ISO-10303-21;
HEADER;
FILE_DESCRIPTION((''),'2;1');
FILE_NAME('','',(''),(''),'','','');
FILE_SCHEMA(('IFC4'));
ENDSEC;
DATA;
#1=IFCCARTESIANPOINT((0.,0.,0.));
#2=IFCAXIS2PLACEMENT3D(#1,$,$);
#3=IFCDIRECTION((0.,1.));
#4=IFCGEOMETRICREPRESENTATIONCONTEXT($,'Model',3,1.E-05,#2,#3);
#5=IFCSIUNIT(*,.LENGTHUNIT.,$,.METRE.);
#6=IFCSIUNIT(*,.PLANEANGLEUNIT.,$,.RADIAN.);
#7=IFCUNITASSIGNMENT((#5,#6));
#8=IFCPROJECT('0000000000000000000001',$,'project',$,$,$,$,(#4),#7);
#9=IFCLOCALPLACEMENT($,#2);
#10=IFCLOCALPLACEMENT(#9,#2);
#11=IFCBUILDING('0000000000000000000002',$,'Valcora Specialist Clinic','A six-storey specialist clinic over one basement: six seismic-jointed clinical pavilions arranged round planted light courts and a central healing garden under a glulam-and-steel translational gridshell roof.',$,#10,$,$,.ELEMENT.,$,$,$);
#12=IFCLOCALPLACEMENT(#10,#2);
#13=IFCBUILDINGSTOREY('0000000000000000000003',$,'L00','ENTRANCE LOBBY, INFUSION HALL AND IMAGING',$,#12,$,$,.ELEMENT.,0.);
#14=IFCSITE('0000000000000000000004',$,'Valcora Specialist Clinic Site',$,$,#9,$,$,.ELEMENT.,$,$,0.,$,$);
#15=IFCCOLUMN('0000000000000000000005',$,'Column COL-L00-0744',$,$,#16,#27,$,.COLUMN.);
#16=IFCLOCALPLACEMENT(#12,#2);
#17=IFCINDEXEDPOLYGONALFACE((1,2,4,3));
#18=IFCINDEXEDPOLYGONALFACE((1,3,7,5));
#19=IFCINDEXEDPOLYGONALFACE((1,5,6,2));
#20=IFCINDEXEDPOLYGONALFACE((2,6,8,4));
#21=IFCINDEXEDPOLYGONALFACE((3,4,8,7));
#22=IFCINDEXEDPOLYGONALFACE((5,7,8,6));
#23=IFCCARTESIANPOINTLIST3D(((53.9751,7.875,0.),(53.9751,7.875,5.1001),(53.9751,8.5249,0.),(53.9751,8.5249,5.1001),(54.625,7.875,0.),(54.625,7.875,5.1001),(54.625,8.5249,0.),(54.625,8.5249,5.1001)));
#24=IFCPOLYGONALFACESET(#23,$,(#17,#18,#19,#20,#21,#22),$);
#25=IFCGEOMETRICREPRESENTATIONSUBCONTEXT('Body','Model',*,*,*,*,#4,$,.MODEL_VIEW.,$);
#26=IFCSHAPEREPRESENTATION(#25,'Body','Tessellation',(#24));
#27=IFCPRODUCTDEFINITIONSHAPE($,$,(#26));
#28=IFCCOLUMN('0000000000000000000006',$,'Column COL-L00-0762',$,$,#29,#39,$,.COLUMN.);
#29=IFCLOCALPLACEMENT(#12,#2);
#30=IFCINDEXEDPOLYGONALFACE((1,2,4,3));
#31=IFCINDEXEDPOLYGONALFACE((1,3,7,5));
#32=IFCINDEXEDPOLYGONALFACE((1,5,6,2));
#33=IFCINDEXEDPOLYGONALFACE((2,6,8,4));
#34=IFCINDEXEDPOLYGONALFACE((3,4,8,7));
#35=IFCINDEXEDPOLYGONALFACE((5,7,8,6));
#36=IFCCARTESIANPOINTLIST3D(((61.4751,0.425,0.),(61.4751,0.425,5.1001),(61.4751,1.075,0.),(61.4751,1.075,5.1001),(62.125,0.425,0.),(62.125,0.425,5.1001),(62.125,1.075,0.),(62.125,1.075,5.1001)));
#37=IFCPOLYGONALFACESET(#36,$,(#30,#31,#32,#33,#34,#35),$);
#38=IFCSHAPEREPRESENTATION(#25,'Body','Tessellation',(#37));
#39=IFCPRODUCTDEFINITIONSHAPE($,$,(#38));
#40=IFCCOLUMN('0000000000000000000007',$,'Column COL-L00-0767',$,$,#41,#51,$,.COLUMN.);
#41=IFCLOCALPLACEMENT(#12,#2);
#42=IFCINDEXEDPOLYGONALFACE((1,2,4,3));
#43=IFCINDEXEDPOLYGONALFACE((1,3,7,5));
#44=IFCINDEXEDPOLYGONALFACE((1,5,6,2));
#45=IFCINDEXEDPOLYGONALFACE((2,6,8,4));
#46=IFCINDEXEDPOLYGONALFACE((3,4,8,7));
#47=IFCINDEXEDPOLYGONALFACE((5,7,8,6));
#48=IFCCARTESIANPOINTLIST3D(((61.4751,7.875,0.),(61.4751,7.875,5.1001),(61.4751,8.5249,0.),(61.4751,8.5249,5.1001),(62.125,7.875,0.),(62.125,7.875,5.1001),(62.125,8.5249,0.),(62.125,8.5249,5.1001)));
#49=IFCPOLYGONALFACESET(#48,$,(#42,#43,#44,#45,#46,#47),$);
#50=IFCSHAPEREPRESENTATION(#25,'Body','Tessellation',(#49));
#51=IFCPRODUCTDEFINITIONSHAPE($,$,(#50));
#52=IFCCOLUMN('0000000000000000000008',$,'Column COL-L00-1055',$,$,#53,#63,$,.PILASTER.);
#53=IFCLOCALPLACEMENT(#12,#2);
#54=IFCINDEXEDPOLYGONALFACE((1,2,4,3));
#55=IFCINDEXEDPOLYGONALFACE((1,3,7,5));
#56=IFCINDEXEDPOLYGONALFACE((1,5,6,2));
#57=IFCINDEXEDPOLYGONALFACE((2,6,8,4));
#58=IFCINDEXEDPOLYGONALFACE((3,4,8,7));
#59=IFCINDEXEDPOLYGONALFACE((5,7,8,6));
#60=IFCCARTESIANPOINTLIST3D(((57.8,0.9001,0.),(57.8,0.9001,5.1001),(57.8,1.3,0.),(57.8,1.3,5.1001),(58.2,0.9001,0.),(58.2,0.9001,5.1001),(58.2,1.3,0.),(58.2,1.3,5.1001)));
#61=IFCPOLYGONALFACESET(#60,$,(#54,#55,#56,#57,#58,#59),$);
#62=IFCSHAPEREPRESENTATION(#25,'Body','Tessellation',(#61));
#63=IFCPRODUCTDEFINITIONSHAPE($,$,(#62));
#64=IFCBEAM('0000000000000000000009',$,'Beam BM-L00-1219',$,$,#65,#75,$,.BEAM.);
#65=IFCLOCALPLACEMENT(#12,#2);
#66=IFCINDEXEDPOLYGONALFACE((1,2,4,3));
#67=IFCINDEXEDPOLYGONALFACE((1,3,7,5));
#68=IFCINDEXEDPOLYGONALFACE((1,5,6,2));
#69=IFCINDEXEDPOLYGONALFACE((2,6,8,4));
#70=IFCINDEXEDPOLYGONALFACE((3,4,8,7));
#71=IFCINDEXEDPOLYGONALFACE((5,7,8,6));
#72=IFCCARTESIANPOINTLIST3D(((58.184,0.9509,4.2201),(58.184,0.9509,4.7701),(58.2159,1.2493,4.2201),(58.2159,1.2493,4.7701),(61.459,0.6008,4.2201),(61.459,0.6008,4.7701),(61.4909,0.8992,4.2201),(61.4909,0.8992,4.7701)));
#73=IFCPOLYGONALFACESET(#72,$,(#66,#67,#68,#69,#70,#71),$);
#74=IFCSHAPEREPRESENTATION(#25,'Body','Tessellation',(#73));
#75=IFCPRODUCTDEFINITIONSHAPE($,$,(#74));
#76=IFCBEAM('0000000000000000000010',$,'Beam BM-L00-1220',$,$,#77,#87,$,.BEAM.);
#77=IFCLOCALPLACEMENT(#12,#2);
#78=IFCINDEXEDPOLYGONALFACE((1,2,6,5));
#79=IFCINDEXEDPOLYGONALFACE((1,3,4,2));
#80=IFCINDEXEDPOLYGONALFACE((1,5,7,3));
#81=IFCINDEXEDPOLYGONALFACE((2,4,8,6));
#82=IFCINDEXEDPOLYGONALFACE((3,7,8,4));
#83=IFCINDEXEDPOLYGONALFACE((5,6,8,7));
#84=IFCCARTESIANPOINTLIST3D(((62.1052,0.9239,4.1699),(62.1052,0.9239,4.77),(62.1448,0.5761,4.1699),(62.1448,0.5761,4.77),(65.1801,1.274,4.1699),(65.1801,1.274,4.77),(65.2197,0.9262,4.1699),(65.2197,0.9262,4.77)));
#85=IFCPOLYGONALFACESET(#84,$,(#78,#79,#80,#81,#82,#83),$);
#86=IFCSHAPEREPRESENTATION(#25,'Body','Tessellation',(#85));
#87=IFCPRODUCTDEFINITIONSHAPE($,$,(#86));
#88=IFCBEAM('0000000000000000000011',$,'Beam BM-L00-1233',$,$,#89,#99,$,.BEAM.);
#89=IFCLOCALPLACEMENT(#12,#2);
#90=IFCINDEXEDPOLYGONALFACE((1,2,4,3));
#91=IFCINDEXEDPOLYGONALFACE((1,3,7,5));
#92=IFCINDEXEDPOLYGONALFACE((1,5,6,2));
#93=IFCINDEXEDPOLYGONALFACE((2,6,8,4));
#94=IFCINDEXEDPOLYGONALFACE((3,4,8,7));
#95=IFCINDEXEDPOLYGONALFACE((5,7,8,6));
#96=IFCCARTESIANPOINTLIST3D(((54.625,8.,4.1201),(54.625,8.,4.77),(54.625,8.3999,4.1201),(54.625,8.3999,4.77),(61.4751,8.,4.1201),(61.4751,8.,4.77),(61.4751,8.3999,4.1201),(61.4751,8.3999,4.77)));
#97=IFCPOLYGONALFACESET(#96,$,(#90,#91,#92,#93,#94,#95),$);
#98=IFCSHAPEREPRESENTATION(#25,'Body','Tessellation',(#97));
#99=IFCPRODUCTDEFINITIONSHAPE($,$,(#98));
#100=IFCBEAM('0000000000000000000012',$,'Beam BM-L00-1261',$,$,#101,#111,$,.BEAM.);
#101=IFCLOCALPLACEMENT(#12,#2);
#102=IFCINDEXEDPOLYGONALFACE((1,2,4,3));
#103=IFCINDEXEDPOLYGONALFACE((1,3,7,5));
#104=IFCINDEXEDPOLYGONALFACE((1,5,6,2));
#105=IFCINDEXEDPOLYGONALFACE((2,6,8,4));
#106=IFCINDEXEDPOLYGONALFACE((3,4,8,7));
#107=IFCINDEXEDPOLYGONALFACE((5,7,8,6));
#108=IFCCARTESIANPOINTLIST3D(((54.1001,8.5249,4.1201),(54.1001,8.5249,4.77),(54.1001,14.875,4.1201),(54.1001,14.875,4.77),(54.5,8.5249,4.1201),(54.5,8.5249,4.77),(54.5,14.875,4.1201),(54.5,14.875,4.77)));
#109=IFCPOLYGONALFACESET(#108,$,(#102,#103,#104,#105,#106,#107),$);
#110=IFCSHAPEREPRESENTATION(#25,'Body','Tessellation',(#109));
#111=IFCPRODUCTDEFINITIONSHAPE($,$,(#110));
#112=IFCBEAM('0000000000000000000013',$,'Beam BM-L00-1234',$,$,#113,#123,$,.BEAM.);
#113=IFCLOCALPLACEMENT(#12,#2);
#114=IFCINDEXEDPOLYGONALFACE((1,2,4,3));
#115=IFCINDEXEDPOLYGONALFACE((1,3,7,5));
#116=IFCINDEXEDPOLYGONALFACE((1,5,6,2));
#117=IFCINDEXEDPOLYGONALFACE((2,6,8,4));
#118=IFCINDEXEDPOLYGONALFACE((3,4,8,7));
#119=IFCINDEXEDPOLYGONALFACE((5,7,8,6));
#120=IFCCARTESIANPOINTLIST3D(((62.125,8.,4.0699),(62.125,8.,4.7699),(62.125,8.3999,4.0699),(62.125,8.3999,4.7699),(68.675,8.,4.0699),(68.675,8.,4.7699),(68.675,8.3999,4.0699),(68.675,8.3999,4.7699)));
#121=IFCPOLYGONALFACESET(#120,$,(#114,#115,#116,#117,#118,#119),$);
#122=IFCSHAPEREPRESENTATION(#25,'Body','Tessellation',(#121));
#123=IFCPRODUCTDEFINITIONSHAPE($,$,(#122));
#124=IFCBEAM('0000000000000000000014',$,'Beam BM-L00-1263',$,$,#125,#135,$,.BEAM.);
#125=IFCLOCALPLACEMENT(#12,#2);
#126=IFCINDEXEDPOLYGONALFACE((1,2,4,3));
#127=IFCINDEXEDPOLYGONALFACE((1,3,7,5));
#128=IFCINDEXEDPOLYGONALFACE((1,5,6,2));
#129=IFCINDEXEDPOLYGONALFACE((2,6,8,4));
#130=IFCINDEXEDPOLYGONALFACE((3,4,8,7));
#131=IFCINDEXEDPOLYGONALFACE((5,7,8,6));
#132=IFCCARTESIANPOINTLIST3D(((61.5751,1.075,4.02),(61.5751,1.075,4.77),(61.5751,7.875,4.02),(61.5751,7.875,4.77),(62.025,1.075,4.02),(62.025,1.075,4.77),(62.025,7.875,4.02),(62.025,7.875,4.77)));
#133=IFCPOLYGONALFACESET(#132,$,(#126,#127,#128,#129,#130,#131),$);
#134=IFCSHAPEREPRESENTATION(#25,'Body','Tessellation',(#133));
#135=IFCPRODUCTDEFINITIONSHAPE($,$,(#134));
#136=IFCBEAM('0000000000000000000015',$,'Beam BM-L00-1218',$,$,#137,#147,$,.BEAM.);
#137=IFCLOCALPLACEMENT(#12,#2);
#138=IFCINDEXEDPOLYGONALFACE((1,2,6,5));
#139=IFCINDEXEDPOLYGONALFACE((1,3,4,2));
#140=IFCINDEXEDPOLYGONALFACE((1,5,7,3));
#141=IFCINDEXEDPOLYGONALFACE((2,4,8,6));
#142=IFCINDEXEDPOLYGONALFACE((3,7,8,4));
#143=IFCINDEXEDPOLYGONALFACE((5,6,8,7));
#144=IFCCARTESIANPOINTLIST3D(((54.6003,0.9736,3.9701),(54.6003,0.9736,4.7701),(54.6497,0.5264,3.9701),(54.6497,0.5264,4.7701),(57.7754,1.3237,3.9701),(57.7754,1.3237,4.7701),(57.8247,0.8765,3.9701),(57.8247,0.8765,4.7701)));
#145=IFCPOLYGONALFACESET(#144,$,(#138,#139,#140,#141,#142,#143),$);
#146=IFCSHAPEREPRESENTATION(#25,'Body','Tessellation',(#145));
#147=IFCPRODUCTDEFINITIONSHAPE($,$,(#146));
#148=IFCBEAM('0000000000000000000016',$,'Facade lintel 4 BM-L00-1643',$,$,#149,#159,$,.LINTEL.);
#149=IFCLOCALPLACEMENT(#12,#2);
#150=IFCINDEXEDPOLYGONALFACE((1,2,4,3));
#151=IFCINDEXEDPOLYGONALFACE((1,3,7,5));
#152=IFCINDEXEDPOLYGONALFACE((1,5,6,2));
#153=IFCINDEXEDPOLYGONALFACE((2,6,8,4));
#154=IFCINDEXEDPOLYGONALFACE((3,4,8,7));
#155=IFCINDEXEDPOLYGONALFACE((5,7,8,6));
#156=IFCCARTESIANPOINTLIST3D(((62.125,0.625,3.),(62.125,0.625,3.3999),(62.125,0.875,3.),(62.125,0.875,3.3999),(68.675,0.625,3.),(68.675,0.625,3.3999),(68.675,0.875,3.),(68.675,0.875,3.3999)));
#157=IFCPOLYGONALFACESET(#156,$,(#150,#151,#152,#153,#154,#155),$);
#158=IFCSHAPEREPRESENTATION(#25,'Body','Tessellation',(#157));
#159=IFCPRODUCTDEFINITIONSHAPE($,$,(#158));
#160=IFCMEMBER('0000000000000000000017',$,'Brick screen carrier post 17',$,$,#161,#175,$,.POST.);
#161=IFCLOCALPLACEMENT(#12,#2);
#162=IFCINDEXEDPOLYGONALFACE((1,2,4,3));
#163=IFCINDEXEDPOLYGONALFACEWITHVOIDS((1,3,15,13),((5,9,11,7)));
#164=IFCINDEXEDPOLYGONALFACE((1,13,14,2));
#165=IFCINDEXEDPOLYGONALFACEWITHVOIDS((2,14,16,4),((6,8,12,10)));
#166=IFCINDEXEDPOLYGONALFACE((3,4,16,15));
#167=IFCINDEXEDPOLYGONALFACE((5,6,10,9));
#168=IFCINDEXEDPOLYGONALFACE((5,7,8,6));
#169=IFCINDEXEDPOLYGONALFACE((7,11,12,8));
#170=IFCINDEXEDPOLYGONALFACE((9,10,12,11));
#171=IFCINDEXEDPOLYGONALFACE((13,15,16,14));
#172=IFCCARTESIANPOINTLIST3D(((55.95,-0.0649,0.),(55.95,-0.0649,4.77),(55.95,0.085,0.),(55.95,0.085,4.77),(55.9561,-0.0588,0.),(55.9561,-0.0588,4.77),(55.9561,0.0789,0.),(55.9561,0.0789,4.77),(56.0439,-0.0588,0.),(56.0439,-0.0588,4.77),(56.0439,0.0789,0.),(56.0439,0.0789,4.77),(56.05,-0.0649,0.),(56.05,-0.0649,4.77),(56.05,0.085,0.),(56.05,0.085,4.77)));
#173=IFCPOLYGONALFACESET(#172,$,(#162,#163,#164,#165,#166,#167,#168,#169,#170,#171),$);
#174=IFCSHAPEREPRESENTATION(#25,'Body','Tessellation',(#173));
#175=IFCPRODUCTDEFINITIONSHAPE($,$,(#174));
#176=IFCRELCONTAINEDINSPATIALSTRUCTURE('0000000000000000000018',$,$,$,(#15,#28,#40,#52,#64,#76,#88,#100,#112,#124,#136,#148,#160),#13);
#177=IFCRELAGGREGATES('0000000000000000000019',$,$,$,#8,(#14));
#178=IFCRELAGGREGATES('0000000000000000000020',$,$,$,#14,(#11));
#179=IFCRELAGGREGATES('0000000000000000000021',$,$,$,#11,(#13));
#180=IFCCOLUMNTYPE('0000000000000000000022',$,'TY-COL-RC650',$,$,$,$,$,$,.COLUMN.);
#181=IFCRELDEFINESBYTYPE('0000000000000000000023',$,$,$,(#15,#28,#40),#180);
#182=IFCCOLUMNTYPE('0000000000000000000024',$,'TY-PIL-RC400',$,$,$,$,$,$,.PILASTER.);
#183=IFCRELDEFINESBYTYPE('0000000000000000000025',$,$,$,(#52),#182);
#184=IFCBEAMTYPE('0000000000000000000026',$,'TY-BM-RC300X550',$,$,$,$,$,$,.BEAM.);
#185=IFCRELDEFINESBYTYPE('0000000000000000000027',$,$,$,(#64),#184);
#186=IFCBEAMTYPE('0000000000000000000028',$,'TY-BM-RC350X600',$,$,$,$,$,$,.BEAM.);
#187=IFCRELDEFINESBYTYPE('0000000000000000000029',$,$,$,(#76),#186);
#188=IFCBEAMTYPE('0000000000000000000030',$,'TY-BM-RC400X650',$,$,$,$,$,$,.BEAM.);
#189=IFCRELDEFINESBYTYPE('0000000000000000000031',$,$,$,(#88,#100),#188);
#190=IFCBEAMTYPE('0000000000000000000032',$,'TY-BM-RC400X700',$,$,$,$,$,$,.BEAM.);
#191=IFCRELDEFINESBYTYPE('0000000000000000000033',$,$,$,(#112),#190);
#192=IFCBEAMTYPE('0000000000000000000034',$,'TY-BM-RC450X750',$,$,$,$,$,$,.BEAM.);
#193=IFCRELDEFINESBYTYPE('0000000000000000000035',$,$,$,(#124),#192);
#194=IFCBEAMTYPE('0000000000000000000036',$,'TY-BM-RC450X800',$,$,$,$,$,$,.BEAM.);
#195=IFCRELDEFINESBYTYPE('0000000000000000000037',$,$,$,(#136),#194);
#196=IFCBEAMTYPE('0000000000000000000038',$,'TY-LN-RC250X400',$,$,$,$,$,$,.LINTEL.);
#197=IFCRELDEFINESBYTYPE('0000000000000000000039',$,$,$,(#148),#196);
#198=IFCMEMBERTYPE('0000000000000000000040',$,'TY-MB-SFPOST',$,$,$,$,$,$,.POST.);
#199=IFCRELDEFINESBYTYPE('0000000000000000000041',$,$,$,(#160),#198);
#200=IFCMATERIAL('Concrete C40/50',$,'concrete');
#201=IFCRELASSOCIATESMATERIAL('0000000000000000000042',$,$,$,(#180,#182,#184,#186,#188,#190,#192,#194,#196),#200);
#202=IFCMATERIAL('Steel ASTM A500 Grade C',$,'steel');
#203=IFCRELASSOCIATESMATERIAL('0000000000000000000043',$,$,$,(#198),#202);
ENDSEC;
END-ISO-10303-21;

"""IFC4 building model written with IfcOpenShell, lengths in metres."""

from ifc_helpers import new_model, si_unit, direction, frame, origin, origin_2d, place, context, subcontext, project, spatial, rectangle, hollow_rectangle, extrude, material, material_profile, profile_set, type_object, element, save


model = new_model("IFC4")

# Units and contexts
model_context = context("Model", 3, precision=1e-05, world=origin(), true_north=direction((0.0, 1.0)))
body_context = subcontext(model_context, "Body", "Model", "MODEL_VIEW")
ifc_project = project(units=[si_unit("LENGTHUNIT", "METRE"), si_unit("PLANEANGLEUNIT", "RADIAN")], contexts=[model_context])

# Site, building, storey
site_placement = place(None, origin())
site = spatial("IfcSite", under=ifc_project, at=site_placement, Name="Valcora Specialist Clinic Site", CompositionType="ELEMENT", RefElevation=0.0)
building_placement = place(site_placement, origin())
building = spatial("IfcBuilding", under=site, at=building_placement, Name="Valcora Specialist Clinic", Description="A six-storey specialist clinic over one basement: six seismic-jointed clinical pavilions arranged round planted light courts and a central healing garden under a glulam-and-steel translational gridshell roof.", CompositionType="ELEMENT")
storey_placement = place(building_placement, origin())
storey = spatial("IfcBuildingStorey", under=building, at=storey_placement, Name="L00", Description="ENTRANCE LOBBY, INFUSION HALL AND IMAGING", CompositionType="ELEMENT", Elevation=0.0)

# Columns
ifc_material_1 = material(Name="Concrete C40/50", Category="concrete")
ifc_material_profile_1 = material_profile(ifc_material_1, rectangle(XDim=0.6499, YDim=0.6499, at=origin_2d()), Name="RC-COL-650X650")
ifc_profile_set_1 = profile_set([ifc_material_profile_1], Name="Concrete C40/50")
column_type_1 = type_object("IfcColumnType", Name="TY-COL-RC650", PredefinedType="COLUMN", material=ifc_profile_set_1)
for number, where, z_axis, x_axis, name in (
    (1, (54.3, 8.2, 0.0), (0.0, 0.0, 1.0), (1.0, 0.0, 0.0), "Column COL-L00-0744"),
    (2, (61.8, 0.75, 0.0), (0.0, 0.0, 1.0), (1.0, 0.0, 0.0), "Column COL-L00-0762"),
    (3, (61.8, 8.2, 0.0), (0.0, 0.0, 1.0), (1.0, 0.0, 0.0), "Column COL-L00-0767"),
):
    element("IfcColumn", number, at=place(storey_placement, frame(where, z_axis=z_axis, x_axis=x_axis)), inside=storey, type_object=column_type_1, Name=name, PredefinedType="COLUMN", context=body_context, shape_type="SweptSolid", body=[
        extrude(rectangle(XDim=0.6499, YDim=0.6499, at=origin_2d()), origin(), (0.0, 0.0, 1.0), 5.1001),
    ])
ifc_material_profile_2 = material_profile(ifc_material_1, rectangle(XDim=0.3999, YDim=0.3999, at=origin_2d()), Name="RC-COL-400X400")
ifc_profile_set_2 = profile_set([ifc_material_profile_2], Name="Concrete C40/50")
column_type_2 = type_object("IfcColumnType", Name="TY-PIL-RC400", PredefinedType="PILASTER", material=ifc_profile_set_2)
column_placement = place(storey_placement, frame((58.0, 1.1001, 0.0), z_axis=(0.0, 0.0, 1.0), x_axis=(1.0, 0.0, 0.0)))
element("IfcColumn", 4, at=column_placement, inside=storey, type_object=column_type_2, Name="Column COL-L00-1055", PredefinedType="PILASTER", context=body_context, shape_type="SweptSolid", body=[
    extrude(rectangle(XDim=0.3999, YDim=0.3999, at=origin_2d()), origin(), (0.0, 0.0, 1.0), 5.1001),
])

# Beams
ifc_material_profile_3 = material_profile(ifc_material_1, rectangle(XDim=0.3, YDim=0.55, at=origin_2d()), Name="RC-BM-300X550")
ifc_profile_set_3 = profile_set([ifc_material_profile_3], Name="Concrete C40/50")
beam_type_1 = type_object("IfcBeamType", Name="TY-BM-RC300X550", PredefinedType="BEAM", material=ifc_profile_set_3)
beam_1_placement = place(storey_placement, frame((58.2, 1.1001, 4.4951), z_axis=(0.994335, -0.10629, 0.0), x_axis=(0.10629, 0.994335, 0.0)))
element("IfcBeam", 5, at=beam_1_placement, inside=storey, type_object=beam_type_1, Name="Beam BM-L00-1219", PredefinedType="BEAM", context=body_context, shape_type="SweptSolid", body=[
    extrude(rectangle(XDim=0.3, YDim=0.55, at=origin_2d()), origin(), (0.0, 0.0, 1.0), 3.2937),
])
ifc_material_profile_4 = material_profile(ifc_material_1, rectangle(XDim=0.3501, YDim=0.6001, at=origin_2d()), Name="RC-BM-350X600")
ifc_profile_set_4 = profile_set([ifc_material_profile_4], Name="Concrete C40/50")
beam_type_2 = type_object("IfcBeamType", Name="TY-BM-RC350X600", PredefinedType="BEAM", material=ifc_profile_set_4)
beam_2_placement = place(storey_placement, frame((62.125, 0.75, 4.47), z_axis=(0.993581, 0.113124, 0.0), x_axis=(-0.113124, 0.993581, 0.0)))
element("IfcBeam", 6, at=beam_2_placement, inside=storey, type_object=beam_type_2, Name="Beam BM-L00-1220", PredefinedType="BEAM", context=body_context, shape_type="SweptSolid", body=[
    extrude(rectangle(XDim=0.3501, YDim=0.6001, at=origin_2d()), origin(), (0.0, 0.0, 1.0), 3.0947),
])
ifc_material_profile_5 = material_profile(ifc_material_1, rectangle(XDim=0.3999, YDim=0.6499, at=origin_2d()), Name="RC-BM-400X650")
ifc_profile_set_5 = profile_set([ifc_material_profile_5], Name="Concrete C40/50")
beam_type_3 = type_object("IfcBeamType", Name="TY-BM-RC400X650", PredefinedType="BEAM", material=ifc_profile_set_5)
beam_3_placement = place(storey_placement, frame((54.625, 8.2, 4.4451), z_axis=(1.0, 0.0, 0.0), x_axis=(0.0, 1.0, 0.0)))
element("IfcBeam", 7, at=beam_3_placement, inside=storey, type_object=beam_type_3, Name="Beam BM-L00-1233", PredefinedType="BEAM", context=body_context, shape_type="SweptSolid", body=[
    extrude(rectangle(XDim=0.3999, YDim=0.6499, at=origin_2d()), origin(), (0.0, 0.0, 1.0), 6.8501),
])
beam_4_placement = place(storey_placement, frame((54.3, 8.5249, 4.4451), z_axis=(0.0, 1.0, 0.0), x_axis=(-1.0, 0.0, 0.0)))
element("IfcBeam", 8, at=beam_4_placement, inside=storey, type_object=beam_type_3, Name="Beam BM-L00-1261", PredefinedType="BEAM", context=body_context, shape_type="SweptSolid", body=[
    extrude(rectangle(XDim=0.3999, YDim=0.6499, at=origin_2d()), origin(), (0.0, 0.0, 1.0), 6.3501),
])
ifc_material_profile_6 = material_profile(ifc_material_1, rectangle(XDim=0.3999, YDim=0.7, at=origin_2d()), Name="RC-BM-400X700")
ifc_profile_set_6 = profile_set([ifc_material_profile_6], Name="Concrete C40/50")
beam_type_4 = type_object("IfcBeamType", Name="TY-BM-RC400X700", PredefinedType="BEAM", material=ifc_profile_set_6)
beam_5_placement = place(storey_placement, frame((62.125, 8.2, 4.4199), z_axis=(1.0, 0.0, 0.0), x_axis=(0.0, 1.0, 0.0)))
element("IfcBeam", 9, at=beam_5_placement, inside=storey, type_object=beam_type_4, Name="Beam BM-L00-1234", PredefinedType="BEAM", context=body_context, shape_type="SweptSolid", body=[
    extrude(rectangle(XDim=0.3999, YDim=0.7, at=origin_2d()), origin(), (0.0, 0.0, 1.0), 6.55),
])
ifc_material_profile_7 = material_profile(ifc_material_1, rectangle(XDim=0.45, YDim=0.75, at=origin_2d()), Name="RC-BM-450X750")
ifc_profile_set_7 = profile_set([ifc_material_profile_7], Name="Concrete C40/50")
beam_type_5 = type_object("IfcBeamType", Name="TY-BM-RC450X750", PredefinedType="BEAM", material=ifc_profile_set_7)
beam_6_placement = place(storey_placement, frame((61.8, 1.075, 4.395), z_axis=(0.0, 1.0, 0.0), x_axis=(-1.0, 0.0, 0.0)))
element("IfcBeam", 10, at=beam_6_placement, inside=storey, type_object=beam_type_5, Name="Beam BM-L00-1263", PredefinedType="BEAM", context=body_context, shape_type="SweptSolid", body=[
    extrude(rectangle(XDim=0.45, YDim=0.75, at=origin_2d()), origin(), (0.0, 0.0, 1.0), 6.8),
])
ifc_material_profile_8 = material_profile(ifc_material_1, rectangle(XDim=0.45, YDim=0.8, at=origin_2d()), Name="RC-BM-450X800")
ifc_profile_set_8 = profile_set([ifc_material_profile_8], Name="Concrete C40/50")
beam_type_6 = type_object("IfcBeamType", Name="TY-BM-RC450X800", PredefinedType="BEAM", material=ifc_profile_set_8)
beam_7_placement = place(storey_placement, frame((54.625, 0.75, 4.3701), z_axis=(0.993976, 0.109601, 0.0), x_axis=(-0.109601, 0.993976, 0.0)))
element("IfcBeam", 11, at=beam_7_placement, inside=storey, type_object=beam_type_6, Name="Beam BM-L00-1218", PredefinedType="BEAM", context=body_context, shape_type="SweptSolid", body=[
    extrude(rectangle(XDim=0.45, YDim=0.8, at=origin_2d()), origin(), (0.0, 0.0, 1.0), 3.1943),
])
ifc_material_profile_9 = material_profile(ifc_material_1, rectangle(XDim=0.25, YDim=0.3999, at=origin_2d()), Name="RC-LN-250X400")
ifc_profile_set_9 = profile_set([ifc_material_profile_9], Name="Concrete C40/50")
beam_type_7 = type_object("IfcBeamType", Name="TY-LN-RC250X400", PredefinedType="LINTEL", material=ifc_profile_set_9)
beam_8_placement = place(storey_placement, frame((62.125, 0.75, 3.2), z_axis=(1.0, 0.0, 0.0), x_axis=(0.0, 1.0, 0.0)))
element("IfcBeam", 12, at=beam_8_placement, inside=storey, type_object=beam_type_7, Name="Facade lintel 4 BM-L00-1643", PredefinedType="LINTEL", context=body_context, shape_type="SweptSolid", body=[
    extrude(rectangle(XDim=0.25, YDim=0.3999, at=origin_2d()), origin(), (0.0, 0.0, 1.0), 6.55),
])

# Member
ifc_material_2 = material(Name="Steel ASTM A500 Grade C", Category="steel")
ifc_material_profile_10 = material_profile(ifc_material_2, hollow_rectangle(XDim=0.1001, YDim=0.1499, WallThickness=0.0061, at=origin_2d()), Name="ST-RHS-150X100X6")
ifc_profile_set_10 = profile_set([ifc_material_profile_10], Name="Steel ASTM A500 Grade C")
member_type_1 = type_object("IfcMemberType", Name="TY-MB-SFPOST", PredefinedType="POST", material=ifc_profile_set_10)
for number, where, z_axis, x_axis, name in (
    (13, (56.0, 0.01, 0.0), (0.0, 0.0, 1.0), (1.0, 0.0, 0.0), "Brick screen carrier post 17"),
):
    element("IfcMember", number, at=place(storey_placement, frame(where, z_axis=z_axis, x_axis=x_axis)), inside=storey, type_object=member_type_1, Name=name, PredefinedType="POST", context=body_context, shape_type="SweptSolid", body=[
        extrude(hollow_rectangle(XDim=0.1001, YDim=0.1499, WallThickness=0.0061, at=origin_2d()), origin(), (0.0, 0.0, 1.0), 4.77),
    ])

save(model, "model.ifc")
